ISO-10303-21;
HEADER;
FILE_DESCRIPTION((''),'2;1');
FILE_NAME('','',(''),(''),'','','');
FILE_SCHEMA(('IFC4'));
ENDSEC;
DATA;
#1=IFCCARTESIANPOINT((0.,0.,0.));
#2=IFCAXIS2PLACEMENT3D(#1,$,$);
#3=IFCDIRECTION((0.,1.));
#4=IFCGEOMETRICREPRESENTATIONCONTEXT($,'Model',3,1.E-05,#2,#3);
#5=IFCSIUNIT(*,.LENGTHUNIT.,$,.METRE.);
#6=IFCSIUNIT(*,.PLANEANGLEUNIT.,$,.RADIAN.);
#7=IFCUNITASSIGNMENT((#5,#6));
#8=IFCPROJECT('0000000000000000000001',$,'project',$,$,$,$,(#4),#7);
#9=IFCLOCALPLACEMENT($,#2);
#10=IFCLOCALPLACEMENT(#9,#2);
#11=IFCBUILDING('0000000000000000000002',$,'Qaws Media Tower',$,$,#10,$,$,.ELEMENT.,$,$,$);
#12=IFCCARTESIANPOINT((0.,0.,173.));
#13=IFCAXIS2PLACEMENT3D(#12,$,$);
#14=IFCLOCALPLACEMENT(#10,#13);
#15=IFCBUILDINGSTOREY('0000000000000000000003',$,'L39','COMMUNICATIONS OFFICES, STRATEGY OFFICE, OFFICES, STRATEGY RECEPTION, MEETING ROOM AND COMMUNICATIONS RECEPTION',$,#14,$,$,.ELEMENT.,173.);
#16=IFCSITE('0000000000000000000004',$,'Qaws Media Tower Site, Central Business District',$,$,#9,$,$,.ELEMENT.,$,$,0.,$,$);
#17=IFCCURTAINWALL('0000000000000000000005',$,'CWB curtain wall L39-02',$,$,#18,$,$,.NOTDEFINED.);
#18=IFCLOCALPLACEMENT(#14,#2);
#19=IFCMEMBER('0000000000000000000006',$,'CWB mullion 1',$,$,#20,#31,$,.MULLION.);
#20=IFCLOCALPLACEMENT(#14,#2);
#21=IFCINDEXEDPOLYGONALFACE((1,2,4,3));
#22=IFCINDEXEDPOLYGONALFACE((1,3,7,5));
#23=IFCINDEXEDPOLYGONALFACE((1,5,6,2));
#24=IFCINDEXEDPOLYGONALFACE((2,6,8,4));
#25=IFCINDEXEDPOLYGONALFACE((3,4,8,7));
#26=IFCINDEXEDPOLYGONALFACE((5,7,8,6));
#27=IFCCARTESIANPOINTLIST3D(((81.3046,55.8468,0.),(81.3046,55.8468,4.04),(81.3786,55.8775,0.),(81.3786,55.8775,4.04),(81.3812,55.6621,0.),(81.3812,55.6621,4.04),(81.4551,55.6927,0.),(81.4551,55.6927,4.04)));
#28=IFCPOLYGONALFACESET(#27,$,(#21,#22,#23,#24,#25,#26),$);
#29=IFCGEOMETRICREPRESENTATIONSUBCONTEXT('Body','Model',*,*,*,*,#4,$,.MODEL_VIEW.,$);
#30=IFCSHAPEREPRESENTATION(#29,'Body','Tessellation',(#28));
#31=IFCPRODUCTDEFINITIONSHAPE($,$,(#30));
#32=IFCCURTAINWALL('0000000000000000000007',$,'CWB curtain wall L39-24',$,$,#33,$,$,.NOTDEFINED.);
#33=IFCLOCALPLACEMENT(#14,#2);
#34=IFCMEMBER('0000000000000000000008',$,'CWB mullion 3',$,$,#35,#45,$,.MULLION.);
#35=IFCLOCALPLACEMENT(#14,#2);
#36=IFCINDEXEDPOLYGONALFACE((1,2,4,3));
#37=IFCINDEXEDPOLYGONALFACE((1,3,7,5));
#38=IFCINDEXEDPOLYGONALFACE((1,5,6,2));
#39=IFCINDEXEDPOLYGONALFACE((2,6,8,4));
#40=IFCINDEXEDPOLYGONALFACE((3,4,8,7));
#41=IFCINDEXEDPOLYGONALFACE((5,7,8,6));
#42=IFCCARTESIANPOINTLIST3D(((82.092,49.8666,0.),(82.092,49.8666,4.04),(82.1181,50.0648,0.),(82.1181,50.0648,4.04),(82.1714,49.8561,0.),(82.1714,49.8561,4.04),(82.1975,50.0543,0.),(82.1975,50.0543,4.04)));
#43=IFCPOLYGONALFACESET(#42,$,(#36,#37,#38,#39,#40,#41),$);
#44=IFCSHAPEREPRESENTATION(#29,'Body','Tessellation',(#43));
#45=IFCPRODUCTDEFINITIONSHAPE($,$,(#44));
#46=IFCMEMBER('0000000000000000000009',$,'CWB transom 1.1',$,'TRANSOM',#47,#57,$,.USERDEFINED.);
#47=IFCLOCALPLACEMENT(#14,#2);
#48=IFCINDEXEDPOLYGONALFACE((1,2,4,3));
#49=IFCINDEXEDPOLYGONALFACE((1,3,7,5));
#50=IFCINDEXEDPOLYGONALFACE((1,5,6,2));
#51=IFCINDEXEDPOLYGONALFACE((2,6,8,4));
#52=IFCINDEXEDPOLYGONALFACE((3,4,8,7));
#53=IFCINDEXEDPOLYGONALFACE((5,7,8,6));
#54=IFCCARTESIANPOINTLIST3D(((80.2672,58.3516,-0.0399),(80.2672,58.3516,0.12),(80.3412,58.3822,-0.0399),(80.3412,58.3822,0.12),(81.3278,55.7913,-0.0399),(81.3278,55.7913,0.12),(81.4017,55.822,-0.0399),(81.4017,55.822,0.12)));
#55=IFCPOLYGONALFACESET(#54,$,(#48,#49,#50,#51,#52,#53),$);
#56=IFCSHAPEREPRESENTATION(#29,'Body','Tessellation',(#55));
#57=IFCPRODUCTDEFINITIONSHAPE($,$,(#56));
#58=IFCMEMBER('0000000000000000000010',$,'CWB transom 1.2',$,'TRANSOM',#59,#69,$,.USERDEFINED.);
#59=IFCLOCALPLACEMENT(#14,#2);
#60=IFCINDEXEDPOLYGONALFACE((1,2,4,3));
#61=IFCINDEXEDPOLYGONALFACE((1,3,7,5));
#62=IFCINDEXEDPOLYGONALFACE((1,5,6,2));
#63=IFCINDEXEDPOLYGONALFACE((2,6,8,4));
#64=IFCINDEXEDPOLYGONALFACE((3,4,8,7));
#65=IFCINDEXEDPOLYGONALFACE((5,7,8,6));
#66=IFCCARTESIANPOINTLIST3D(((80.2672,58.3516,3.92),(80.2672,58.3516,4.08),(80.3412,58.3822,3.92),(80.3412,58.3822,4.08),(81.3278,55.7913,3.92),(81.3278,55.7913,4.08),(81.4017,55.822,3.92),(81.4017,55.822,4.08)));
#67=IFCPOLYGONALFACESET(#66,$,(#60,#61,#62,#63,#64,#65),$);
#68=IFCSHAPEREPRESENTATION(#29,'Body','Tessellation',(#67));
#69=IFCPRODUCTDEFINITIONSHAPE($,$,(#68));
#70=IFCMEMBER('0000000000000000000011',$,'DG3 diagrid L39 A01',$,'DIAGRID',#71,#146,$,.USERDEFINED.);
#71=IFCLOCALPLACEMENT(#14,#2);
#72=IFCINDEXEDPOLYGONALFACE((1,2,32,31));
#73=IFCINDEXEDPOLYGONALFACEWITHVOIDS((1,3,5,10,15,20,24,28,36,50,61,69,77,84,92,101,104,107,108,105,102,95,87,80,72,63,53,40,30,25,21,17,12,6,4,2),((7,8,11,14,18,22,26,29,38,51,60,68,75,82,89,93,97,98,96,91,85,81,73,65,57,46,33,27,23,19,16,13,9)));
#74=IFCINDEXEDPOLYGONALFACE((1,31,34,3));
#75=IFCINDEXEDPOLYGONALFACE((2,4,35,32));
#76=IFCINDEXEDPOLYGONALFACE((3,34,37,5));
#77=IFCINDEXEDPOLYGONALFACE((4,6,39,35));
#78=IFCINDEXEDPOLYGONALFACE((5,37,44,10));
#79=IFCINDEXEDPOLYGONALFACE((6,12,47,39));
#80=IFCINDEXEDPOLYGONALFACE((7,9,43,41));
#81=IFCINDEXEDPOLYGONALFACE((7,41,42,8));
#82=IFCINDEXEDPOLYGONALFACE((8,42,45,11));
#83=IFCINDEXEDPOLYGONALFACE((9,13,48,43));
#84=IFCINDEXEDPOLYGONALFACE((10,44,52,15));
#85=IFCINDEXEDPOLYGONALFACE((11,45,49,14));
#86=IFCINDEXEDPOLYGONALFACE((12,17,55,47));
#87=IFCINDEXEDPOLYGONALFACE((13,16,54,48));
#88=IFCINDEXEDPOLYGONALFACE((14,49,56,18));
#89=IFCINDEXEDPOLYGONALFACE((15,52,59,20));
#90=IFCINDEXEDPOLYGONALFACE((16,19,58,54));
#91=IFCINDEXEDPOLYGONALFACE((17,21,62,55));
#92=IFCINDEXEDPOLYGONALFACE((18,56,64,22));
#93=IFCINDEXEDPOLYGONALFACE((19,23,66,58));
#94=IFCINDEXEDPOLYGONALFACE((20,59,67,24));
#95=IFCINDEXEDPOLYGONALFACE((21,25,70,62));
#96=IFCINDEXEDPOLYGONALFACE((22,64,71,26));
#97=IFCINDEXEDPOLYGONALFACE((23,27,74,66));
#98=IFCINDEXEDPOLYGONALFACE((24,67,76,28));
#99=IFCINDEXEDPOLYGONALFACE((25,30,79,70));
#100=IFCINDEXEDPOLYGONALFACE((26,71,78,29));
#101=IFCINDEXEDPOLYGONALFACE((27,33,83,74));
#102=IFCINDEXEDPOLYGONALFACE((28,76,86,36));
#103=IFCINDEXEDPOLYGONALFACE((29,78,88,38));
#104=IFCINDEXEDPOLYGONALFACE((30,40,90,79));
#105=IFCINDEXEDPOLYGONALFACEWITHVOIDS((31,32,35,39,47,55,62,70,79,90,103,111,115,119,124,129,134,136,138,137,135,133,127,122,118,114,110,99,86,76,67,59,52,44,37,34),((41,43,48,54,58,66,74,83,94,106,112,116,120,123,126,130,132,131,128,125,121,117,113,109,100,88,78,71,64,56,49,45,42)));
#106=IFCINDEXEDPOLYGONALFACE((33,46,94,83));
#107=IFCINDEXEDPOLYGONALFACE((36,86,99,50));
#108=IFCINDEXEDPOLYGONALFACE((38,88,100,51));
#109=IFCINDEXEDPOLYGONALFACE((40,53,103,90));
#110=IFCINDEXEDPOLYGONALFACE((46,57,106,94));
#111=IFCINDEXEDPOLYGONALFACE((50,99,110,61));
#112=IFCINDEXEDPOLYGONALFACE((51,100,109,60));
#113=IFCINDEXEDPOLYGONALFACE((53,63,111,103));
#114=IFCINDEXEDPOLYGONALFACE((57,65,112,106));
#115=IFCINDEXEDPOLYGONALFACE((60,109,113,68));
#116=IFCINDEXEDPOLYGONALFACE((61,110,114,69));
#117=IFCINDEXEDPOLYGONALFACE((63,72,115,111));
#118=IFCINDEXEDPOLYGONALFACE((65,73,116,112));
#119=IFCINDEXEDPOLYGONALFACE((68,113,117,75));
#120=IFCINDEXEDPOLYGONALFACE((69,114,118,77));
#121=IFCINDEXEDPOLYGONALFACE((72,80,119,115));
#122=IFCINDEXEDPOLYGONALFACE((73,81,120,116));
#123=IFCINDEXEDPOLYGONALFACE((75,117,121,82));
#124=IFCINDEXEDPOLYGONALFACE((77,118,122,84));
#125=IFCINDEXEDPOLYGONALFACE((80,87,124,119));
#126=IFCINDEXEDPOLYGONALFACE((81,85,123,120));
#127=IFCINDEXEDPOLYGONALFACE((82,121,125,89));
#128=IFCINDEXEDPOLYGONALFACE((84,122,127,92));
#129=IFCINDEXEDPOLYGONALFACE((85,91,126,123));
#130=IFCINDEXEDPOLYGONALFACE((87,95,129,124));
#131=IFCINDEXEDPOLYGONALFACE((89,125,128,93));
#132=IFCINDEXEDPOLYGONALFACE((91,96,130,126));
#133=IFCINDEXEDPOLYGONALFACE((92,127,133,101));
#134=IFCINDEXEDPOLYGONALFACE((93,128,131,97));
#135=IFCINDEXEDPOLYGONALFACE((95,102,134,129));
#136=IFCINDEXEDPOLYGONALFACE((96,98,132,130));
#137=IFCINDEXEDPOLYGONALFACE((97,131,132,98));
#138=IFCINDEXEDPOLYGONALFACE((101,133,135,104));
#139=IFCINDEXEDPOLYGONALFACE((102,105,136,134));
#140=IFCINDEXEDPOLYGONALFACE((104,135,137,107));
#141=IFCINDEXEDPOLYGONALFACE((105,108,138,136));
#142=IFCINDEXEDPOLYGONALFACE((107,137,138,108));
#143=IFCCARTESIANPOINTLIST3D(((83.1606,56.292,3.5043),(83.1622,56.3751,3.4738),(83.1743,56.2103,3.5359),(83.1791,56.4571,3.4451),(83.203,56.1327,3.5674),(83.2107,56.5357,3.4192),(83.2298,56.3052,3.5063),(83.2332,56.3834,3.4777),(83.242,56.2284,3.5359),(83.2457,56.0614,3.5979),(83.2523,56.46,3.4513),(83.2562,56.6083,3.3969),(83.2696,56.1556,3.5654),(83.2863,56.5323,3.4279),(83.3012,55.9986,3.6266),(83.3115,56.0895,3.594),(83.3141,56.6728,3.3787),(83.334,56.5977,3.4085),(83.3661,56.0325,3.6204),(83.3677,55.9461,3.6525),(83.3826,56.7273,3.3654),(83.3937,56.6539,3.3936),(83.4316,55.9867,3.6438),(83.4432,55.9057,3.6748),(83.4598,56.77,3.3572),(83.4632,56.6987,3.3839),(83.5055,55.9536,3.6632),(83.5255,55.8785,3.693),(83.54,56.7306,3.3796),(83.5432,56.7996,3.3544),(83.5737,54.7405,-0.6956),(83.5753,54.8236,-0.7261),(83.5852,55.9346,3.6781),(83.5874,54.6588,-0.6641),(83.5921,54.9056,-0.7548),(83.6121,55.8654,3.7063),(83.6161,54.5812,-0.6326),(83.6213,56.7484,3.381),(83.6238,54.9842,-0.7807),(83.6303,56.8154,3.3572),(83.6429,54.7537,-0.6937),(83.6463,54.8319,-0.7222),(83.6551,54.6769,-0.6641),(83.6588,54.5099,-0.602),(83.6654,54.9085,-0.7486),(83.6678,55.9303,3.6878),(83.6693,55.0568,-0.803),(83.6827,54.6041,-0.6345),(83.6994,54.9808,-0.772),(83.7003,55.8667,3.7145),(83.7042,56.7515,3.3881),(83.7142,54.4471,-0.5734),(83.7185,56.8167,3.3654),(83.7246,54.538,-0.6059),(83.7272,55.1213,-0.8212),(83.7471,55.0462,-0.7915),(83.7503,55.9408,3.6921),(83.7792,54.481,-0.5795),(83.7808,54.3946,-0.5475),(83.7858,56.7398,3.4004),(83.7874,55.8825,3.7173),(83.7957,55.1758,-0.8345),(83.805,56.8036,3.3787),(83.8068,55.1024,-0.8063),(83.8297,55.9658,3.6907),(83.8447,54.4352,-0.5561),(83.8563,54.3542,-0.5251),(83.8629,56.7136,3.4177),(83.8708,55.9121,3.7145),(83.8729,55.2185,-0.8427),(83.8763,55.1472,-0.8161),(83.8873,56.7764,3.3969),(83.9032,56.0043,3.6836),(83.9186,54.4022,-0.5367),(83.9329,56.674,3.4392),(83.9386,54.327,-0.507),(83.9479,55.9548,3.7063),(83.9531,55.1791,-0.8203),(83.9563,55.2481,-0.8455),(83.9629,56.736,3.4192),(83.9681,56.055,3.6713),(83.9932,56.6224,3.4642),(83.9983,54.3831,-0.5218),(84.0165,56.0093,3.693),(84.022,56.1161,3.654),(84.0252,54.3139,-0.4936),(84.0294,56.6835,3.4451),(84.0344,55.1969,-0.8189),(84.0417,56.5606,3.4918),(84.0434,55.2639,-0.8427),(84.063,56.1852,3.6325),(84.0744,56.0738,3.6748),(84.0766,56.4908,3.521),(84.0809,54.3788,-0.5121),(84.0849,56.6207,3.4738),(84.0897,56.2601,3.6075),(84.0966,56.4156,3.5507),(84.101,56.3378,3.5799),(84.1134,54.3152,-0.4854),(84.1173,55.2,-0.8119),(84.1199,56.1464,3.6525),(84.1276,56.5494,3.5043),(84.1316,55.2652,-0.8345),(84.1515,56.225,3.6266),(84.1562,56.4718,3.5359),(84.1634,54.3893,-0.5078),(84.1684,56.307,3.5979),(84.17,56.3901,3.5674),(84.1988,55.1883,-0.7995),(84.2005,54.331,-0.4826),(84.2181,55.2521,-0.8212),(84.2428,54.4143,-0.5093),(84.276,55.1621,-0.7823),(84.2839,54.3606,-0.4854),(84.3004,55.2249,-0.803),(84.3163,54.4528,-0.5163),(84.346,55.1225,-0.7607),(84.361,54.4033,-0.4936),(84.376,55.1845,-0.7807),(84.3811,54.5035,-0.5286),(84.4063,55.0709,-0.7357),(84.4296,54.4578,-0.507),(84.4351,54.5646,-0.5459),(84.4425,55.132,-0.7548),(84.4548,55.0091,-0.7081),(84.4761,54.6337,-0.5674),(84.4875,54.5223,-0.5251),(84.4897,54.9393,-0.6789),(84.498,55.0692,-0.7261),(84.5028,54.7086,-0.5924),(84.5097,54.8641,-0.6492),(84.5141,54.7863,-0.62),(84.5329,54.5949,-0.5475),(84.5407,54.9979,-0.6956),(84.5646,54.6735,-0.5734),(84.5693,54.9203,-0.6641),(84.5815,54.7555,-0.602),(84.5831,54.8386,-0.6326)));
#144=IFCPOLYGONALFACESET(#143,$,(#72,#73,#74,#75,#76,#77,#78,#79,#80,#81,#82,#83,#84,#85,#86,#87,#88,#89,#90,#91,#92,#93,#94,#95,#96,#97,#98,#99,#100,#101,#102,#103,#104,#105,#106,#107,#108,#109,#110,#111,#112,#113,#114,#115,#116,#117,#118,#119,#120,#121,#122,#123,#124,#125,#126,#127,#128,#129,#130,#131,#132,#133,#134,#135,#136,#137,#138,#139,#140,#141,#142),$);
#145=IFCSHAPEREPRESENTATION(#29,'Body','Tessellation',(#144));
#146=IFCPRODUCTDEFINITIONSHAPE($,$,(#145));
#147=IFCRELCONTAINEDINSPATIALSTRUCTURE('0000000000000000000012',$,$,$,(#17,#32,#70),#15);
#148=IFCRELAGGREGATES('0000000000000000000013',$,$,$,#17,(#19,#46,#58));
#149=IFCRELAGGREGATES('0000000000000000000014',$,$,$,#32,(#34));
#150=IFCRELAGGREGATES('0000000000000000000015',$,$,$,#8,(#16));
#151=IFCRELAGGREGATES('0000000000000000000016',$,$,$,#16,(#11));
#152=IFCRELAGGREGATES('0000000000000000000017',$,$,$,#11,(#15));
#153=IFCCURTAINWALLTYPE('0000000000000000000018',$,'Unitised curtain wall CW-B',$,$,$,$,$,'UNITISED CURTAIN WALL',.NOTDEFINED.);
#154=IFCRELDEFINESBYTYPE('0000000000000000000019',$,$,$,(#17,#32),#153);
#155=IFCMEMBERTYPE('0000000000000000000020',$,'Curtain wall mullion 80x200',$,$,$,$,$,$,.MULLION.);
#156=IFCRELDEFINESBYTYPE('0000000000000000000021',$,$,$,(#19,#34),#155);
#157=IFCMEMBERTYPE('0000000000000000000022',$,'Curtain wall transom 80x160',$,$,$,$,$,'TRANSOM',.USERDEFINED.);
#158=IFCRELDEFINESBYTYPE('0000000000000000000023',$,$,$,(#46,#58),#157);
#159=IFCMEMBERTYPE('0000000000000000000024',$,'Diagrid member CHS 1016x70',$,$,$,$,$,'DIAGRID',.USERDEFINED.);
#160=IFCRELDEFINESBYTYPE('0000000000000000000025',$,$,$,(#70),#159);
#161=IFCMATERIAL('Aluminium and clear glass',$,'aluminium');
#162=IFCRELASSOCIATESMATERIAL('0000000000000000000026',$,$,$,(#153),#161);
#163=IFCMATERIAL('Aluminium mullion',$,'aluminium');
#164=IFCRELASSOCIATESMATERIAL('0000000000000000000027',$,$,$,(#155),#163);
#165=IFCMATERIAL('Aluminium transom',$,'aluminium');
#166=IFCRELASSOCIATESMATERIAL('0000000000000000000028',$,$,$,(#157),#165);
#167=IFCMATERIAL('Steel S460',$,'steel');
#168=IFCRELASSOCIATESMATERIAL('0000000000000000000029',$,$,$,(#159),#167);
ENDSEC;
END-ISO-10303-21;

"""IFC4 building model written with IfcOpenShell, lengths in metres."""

from ifc_helpers import new_model, si_unit, direction, frame, origin, origin_2d, place, context, subcontext, project, spatial, rectangle, hollow_circle, extrude, material, material_profile, profile_set, type_object, element, aggregate, save


model = new_model("IFC4")

# Units and contexts
model_context = context("Model", 3, precision=1e-05, world=origin(), true_north=direction((0.0, 1.0)))
body_context = subcontext(model_context, "Body", "Model", "MODEL_VIEW")
ifc_project = project(units=[si_unit("LENGTHUNIT", "METRE"), si_unit("PLANEANGLEUNIT", "RADIAN")], contexts=[model_context])

# Site, building, storey
site_placement = place(None, origin())
site = spatial("IfcSite", under=ifc_project, at=site_placement, Name="Qaws Media Tower Site, Central Business District", CompositionType="ELEMENT", RefElevation=0.0)
building_placement = place(site_placement, origin())
building = spatial("IfcBuilding", under=site, at=building_placement, Name="Qaws Media Tower", CompositionType="ELEMENT")
storey_placement = place(building_placement, frame((0.0, 0.0, 173.0)))
storey = spatial("IfcBuildingStorey", under=building, at=storey_placement, Name="L39", Description="COMMUNICATIONS OFFICES, STRATEGY OFFICE, OFFICES, STRATEGY RECEPTION, MEETING ROOM AND COMMUNICATIONS RECEPTION", CompositionType="ELEMENT", Elevation=173.0)

# Curtain walls, members
ifc_material_1 = material(Name="Aluminium and clear glass", Category="aluminium")
curtain_wall_type = type_object("IfcCurtainWallType", Name="Unitised curtain wall CW-B", ElementType="UNITISED CURTAIN WALL", PredefinedType="NOTDEFINED", material=ifc_material_1)
curtain_wall_1_placement = place(storey_placement, origin())
curtain_wall_1 = element("IfcCurtainWall", 1, at=curtain_wall_1_placement, inside=storey, type_object=curtain_wall_type, Name="CWB curtain wall L39-02", PredefinedType="NOTDEFINED")
ifc_material_2 = material(Name="Aluminium mullion", Category="aluminium")
ifc_material_profile_1 = material_profile(ifc_material_2, rectangle(XDim=0.0801, YDim=0.2, at=origin_2d()), Name="80x200")
ifc_profile_set_1 = profile_set([ifc_material_profile_1], Name="Aluminium mullion")
member_type_1 = type_object("IfcMemberType", Name="Curtain wall mullion 80x200", PredefinedType="MULLION", material=ifc_profile_set_1)
member_1_placement = place(storey_placement, frame((81.3799, 55.7698, 0.0), z_axis=(0.0, 0.0, 1.0), x_axis=(-0.92388, -0.382683, 0.0)))
member_1 = element("IfcMember", 2, at=member_1_placement, type_object=member_type_1, Name="CWB mullion 1", PredefinedType="MULLION", context=body_context, shape_type="SweptSolid", body=[
    extrude(rectangle(XDim=0.0801, YDim=0.2, at=origin_2d()), origin(), (0.0, 0.0, 1.0), 4.04),
])
curtain_wall_2_placement = place(storey_placement, origin())
curtain_wall_2 = element("IfcCurtainWall", 3, at=curtain_wall_2_placement, inside=storey, type_object=curtain_wall_type, Name="CWB curtain wall L39-24", PredefinedType="NOTDEFINED")
member_2_placement = place(storey_placement, frame((82.1448, 49.9604, 0.0), z_axis=(0.0, 0.0, 1.0), x_axis=(-0.991445, 0.130526, 0.0)))
member_2 = element("IfcMember", 4, at=member_2_placement, type_object=member_type_1, Name="CWB mullion 3", PredefinedType="MULLION", context=body_context, shape_type="SweptSolid", body=[
    extrude(rectangle(XDim=0.0801, YDim=0.2, at=origin_2d()), origin(), (0.0, 0.0, 1.0), 4.04),
])

# Members
ifc_material_3 = material(Name="Aluminium transom", Category="aluminium")
ifc_material_profile_2 = material_profile(ifc_material_3, rectangle(XDim=0.0801, YDim=0.1599, at=origin_2d()), Name="80x160")
ifc_profile_set_2 = profile_set([ifc_material_profile_2], Name="Aluminium transom")
member_type_2 = type_object("IfcMemberType", Name="Curtain wall transom 80x160", ElementType="TRANSOM", PredefinedType="USERDEFINED", material=ifc_profile_set_2)
member_3_placement = place(storey_placement, frame((81.3647, 55.8066, 0.04), z_axis=(-0.382694, 0.923875, 0.0), x_axis=(-0.923875, -0.382694, 0.0)))
member_3 = element("IfcMember", 5, at=member_3_placement, type_object=member_type_2, Name="CWB transom 1.1", ObjectType="TRANSOM", PredefinedType="USERDEFINED", context=body_context, shape_type="SweptSolid", body=[
    extrude(rectangle(XDim=0.0801, YDim=0.1599, at=origin_2d()), origin(), (0.0, 0.0, 1.0), 2.7712),
])
member_4_placement = place(storey_placement, frame((81.3647, 55.8066, 4.0), z_axis=(-0.382694, 0.923875, 0.0), x_axis=(-0.923875, -0.382694, 0.0)))
member_4 = element("IfcMember", 6, at=member_4_placement, type_object=member_type_2, Name="CWB transom 1.2", ObjectType="TRANSOM", PredefinedType="USERDEFINED", context=body_context, shape_type="SweptSolid", body=[
    extrude(rectangle(XDim=0.0801, YDim=0.1599, at=origin_2d()), origin(), (0.0, 0.0, 1.0), 2.7712),
])

# Member
ifc_material_4 = material(Name="Steel S460", Category="steel")
ifc_material_profile_3 = material_profile(ifc_material_4, hollow_circle(Radius=0.5081, WallThickness=0.0701, at=origin_2d()), Name="CHS 1016x70")
ifc_profile_set_3 = profile_set([ifc_material_profile_3], Name="Steel S460")
member_type_3 = type_object("IfcMemberType", Name="Diagrid member CHS 1016x70", ElementType="DIAGRID", PredefinedType="USERDEFINED", material=ifc_profile_set_3)
for number, where, z_axis, x_axis, name in (
    (7, (84.0784, 54.7896, -0.6641), (-0.091871, 0.345058, 0.934074), (-0.966336, -0.257284, 0.0), "DG3 diagrid L39 A01"),
):
    element("IfcMember", number, at=place(storey_placement, frame(where, z_axis=z_axis, x_axis=x_axis)), inside=storey, type_object=member_type_3, Name=name, ObjectType="DIAGRID", PredefinedType="USERDEFINED", context=body_context, shape_type="SweptSolid", body=[
        extrude(hollow_circle(Radius=0.5081, WallThickness=0.0701, at=origin_2d()), origin(), (0.0, 0.0, 1.0), 4.4963),
    ])

aggregate(curtain_wall_1, [member_1, member_3, member_4])
aggregate(curtain_wall_2, [member_2])

save(model, "model.ifc")
